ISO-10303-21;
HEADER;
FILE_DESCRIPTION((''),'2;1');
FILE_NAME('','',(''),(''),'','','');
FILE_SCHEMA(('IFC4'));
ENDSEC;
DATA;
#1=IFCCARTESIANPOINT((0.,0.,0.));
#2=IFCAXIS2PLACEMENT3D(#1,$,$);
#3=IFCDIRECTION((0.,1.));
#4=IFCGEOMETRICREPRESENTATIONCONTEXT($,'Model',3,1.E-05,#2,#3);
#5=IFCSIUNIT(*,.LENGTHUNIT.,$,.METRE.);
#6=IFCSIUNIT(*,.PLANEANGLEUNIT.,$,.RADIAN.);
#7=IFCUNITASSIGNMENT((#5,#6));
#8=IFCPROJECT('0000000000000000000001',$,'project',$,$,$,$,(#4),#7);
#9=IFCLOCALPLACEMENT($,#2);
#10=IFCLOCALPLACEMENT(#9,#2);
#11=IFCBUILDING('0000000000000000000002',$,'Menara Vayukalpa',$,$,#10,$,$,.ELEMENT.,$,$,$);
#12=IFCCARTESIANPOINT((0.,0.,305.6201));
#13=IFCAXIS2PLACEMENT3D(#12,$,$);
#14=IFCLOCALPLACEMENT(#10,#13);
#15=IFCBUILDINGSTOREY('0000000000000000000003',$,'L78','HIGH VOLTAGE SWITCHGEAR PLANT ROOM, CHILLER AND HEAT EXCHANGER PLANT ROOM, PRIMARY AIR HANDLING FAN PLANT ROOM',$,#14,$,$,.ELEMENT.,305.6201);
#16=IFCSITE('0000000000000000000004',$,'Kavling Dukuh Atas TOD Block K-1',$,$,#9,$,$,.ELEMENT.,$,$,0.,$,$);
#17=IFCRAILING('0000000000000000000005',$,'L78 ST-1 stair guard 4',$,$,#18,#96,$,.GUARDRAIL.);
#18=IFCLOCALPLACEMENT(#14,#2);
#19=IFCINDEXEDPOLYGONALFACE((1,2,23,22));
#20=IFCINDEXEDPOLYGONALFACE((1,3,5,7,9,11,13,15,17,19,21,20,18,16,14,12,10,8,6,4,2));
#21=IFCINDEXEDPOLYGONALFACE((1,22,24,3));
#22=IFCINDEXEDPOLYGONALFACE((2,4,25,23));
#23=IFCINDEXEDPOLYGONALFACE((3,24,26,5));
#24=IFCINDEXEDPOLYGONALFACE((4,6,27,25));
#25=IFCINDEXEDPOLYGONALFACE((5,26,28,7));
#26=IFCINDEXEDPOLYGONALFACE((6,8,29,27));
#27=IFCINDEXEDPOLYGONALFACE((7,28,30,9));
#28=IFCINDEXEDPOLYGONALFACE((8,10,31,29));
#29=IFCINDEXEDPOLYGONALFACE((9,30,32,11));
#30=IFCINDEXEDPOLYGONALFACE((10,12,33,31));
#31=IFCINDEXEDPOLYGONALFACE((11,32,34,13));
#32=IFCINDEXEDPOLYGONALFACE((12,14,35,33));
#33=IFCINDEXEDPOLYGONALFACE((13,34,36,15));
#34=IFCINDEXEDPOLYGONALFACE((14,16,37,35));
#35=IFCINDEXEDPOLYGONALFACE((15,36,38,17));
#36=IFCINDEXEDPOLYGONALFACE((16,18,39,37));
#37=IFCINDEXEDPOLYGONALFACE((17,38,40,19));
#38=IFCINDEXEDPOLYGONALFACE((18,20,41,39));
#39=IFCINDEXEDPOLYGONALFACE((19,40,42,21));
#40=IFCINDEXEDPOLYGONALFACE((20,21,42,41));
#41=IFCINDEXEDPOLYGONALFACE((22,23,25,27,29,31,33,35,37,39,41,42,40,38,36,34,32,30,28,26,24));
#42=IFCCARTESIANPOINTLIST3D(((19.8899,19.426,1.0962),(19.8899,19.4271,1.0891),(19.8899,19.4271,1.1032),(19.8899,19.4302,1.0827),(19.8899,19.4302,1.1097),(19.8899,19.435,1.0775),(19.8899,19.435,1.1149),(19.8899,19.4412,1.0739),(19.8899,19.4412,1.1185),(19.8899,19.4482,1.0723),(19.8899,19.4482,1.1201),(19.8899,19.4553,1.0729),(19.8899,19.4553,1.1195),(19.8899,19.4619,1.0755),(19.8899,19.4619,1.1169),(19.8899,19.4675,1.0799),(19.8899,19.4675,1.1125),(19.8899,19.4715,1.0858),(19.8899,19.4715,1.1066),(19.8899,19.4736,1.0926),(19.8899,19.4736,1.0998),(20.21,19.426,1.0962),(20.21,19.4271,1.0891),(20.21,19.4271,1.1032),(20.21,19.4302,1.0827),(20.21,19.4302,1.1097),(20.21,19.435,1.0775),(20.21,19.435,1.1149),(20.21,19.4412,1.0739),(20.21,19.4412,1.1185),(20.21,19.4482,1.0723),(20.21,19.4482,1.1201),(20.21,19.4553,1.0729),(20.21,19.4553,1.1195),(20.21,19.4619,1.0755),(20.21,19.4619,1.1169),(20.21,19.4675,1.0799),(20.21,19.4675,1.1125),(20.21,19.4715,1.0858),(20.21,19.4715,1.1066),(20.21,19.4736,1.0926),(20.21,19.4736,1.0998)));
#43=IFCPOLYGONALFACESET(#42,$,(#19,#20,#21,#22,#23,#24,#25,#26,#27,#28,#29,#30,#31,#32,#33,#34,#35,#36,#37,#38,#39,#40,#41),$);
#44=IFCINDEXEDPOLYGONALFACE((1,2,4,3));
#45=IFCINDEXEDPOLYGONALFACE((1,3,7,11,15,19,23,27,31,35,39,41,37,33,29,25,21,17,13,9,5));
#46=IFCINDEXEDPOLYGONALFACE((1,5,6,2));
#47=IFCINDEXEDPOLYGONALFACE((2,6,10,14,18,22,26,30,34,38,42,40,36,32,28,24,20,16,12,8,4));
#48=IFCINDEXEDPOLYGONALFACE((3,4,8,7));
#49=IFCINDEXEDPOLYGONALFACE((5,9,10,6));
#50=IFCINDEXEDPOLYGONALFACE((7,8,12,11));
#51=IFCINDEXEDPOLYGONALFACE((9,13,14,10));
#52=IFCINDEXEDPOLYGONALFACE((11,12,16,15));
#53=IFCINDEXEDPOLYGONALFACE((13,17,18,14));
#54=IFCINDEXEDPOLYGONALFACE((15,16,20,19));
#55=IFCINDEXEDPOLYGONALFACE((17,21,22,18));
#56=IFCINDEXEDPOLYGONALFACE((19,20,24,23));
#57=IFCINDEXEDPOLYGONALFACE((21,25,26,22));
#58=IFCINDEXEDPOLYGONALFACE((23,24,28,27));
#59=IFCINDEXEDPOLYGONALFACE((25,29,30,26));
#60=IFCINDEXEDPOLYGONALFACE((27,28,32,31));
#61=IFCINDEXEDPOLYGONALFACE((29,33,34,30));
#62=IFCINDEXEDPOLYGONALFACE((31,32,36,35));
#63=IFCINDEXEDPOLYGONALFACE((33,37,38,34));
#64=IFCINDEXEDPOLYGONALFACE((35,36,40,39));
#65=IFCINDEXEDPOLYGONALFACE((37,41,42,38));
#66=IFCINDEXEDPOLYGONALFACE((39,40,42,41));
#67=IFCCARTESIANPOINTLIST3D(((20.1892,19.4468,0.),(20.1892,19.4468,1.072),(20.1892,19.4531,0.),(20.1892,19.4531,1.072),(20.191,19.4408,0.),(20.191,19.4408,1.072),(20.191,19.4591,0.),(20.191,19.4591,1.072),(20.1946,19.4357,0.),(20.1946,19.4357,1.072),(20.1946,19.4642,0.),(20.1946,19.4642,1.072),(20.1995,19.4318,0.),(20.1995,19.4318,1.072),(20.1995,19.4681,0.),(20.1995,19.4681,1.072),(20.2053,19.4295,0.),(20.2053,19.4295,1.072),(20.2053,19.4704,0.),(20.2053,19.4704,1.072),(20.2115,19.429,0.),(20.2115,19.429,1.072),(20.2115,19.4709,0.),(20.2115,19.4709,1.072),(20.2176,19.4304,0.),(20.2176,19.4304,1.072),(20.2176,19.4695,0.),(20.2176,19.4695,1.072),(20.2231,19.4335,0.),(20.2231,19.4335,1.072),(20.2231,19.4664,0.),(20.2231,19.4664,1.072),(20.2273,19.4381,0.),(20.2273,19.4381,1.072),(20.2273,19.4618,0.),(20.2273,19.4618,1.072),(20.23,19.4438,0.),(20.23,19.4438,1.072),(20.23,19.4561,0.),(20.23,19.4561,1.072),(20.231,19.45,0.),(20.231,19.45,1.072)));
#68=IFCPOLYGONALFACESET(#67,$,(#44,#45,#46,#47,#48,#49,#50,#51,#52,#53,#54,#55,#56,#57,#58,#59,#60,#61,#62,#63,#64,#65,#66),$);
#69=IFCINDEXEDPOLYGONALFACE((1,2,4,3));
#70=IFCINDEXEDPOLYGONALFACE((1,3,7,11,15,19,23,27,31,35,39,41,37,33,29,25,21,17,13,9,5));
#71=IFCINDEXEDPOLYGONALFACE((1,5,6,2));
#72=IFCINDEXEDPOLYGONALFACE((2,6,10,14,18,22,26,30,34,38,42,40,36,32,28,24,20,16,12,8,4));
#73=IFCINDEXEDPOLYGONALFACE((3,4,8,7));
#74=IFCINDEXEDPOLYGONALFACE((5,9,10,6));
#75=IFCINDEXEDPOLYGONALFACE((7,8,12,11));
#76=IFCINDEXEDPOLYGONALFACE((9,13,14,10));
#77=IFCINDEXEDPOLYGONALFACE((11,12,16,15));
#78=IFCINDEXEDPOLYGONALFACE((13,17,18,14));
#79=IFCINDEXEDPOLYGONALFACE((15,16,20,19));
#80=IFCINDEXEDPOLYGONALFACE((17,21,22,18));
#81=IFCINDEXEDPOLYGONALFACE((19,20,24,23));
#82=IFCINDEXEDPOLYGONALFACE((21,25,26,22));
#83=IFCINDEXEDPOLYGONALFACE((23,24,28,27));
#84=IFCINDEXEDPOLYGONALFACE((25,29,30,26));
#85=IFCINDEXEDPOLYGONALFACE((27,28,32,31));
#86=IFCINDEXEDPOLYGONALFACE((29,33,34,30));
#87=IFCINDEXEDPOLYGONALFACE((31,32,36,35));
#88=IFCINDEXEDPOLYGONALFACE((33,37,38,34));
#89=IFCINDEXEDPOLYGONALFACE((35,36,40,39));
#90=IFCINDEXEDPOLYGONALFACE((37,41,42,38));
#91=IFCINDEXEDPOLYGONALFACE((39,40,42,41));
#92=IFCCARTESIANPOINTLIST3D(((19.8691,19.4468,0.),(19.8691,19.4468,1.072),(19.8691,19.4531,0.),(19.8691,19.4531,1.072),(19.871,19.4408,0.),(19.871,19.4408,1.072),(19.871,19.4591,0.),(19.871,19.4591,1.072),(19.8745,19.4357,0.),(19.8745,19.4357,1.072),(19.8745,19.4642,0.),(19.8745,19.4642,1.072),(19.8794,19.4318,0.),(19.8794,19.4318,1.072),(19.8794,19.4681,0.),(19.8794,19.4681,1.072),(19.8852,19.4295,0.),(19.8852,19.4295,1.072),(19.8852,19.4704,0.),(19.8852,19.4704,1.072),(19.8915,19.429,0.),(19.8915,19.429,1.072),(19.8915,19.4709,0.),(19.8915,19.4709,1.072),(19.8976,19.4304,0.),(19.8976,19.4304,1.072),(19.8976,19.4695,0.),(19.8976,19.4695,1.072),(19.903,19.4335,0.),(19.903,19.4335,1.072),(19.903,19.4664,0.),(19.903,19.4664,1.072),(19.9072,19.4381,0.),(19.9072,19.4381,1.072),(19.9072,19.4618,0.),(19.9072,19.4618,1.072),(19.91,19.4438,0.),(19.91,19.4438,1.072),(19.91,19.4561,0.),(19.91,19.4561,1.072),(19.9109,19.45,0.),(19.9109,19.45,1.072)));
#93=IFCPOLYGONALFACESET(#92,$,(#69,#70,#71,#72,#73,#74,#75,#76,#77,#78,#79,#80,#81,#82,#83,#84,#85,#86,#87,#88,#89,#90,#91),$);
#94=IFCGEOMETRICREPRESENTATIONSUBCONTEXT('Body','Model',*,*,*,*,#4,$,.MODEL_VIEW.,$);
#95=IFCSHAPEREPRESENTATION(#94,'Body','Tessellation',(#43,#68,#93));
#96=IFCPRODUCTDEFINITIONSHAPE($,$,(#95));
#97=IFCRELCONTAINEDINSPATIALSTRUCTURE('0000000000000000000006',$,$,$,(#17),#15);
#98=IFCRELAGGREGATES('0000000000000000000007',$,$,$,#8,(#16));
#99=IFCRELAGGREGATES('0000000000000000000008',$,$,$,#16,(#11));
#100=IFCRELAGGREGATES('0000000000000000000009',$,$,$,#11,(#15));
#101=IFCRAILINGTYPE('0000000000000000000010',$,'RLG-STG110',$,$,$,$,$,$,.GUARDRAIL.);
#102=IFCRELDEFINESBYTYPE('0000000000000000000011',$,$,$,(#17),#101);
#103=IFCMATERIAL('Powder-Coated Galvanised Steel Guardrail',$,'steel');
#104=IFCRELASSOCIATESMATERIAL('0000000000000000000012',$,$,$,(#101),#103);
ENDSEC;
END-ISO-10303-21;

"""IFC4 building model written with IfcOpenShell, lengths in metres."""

from ifc_helpers import new_model, si_unit, direction, frame, origin, origin_2d, place, context, subcontext, project, spatial, circle, extrude, material, type_object, element, save


model = new_model("IFC4")

# Units and contexts
model_context = context("Model", 3, precision=1e-05, world=origin(), true_north=direction((0.0, 1.0)))
body_context = subcontext(model_context, "Body", "Model", "MODEL_VIEW")
ifc_project = project(units=[si_unit("LENGTHUNIT", "METRE"), si_unit("PLANEANGLEUNIT", "RADIAN")], contexts=[model_context])

# Site, building, storey
site_placement = place(None, origin())
site = spatial("IfcSite", under=ifc_project, at=site_placement, Name="Kavling Dukuh Atas TOD Block K-1", CompositionType="ELEMENT", RefElevation=0.0)
building_placement = place(site_placement, origin())
building = spatial("IfcBuilding", under=site, at=building_placement, Name="Menara Vayukalpa", CompositionType="ELEMENT")
storey_placement = place(building_placement, frame((0.0, 0.0, 305.6201)))
storey = spatial("IfcBuildingStorey", under=building, at=storey_placement, Name="L78", Description="HIGH VOLTAGE SWITCHGEAR PLANT ROOM, CHILLER AND HEAT EXCHANGER PLANT ROOM, PRIMARY AIR HANDLING FAN PLANT ROOM", CompositionType="ELEMENT", Elevation=305.6201)

# Railing
ifc_material_1 = material(Name="Powder-Coated Galvanised Steel Guardrail", Category="steel")
railing_type_1 = type_object("IfcRailingType", Name="RLG-STG110", PredefinedType="GUARDRAIL", material=ifc_material_1)
railing_1_placement = place(storey_placement, frame((20.21, 19.45, 0.0)))
element("IfcRailing", 1, at=railing_1_placement, inside=storey, type_object=railing_type_1, Name="L78 ST-1 stair guard 4", PredefinedType="GUARDRAIL", context=body_context, shape_type="SweptSolid", body=[
    extrude(circle(Radius=0.0239, at=origin_2d()), frame((0.0, 0.0, 1.0962), z_axis=(-1.0, 0.0, 0.0), x_axis=(0.0, -1.0, 0.0)), (0.0, 0.0, 1.0), 0.3201),
    extrude(circle(Radius=0.021, at=origin_2d()), origin(), (0.0, 0.0, 1.0), 1.072),
    extrude(circle(Radius=0.021, at=origin_2d()), frame((-0.3201, 0.0, 0.0)), (0.0, 0.0, 1.0), 1.072),
])

save(model, "model.ifc")
